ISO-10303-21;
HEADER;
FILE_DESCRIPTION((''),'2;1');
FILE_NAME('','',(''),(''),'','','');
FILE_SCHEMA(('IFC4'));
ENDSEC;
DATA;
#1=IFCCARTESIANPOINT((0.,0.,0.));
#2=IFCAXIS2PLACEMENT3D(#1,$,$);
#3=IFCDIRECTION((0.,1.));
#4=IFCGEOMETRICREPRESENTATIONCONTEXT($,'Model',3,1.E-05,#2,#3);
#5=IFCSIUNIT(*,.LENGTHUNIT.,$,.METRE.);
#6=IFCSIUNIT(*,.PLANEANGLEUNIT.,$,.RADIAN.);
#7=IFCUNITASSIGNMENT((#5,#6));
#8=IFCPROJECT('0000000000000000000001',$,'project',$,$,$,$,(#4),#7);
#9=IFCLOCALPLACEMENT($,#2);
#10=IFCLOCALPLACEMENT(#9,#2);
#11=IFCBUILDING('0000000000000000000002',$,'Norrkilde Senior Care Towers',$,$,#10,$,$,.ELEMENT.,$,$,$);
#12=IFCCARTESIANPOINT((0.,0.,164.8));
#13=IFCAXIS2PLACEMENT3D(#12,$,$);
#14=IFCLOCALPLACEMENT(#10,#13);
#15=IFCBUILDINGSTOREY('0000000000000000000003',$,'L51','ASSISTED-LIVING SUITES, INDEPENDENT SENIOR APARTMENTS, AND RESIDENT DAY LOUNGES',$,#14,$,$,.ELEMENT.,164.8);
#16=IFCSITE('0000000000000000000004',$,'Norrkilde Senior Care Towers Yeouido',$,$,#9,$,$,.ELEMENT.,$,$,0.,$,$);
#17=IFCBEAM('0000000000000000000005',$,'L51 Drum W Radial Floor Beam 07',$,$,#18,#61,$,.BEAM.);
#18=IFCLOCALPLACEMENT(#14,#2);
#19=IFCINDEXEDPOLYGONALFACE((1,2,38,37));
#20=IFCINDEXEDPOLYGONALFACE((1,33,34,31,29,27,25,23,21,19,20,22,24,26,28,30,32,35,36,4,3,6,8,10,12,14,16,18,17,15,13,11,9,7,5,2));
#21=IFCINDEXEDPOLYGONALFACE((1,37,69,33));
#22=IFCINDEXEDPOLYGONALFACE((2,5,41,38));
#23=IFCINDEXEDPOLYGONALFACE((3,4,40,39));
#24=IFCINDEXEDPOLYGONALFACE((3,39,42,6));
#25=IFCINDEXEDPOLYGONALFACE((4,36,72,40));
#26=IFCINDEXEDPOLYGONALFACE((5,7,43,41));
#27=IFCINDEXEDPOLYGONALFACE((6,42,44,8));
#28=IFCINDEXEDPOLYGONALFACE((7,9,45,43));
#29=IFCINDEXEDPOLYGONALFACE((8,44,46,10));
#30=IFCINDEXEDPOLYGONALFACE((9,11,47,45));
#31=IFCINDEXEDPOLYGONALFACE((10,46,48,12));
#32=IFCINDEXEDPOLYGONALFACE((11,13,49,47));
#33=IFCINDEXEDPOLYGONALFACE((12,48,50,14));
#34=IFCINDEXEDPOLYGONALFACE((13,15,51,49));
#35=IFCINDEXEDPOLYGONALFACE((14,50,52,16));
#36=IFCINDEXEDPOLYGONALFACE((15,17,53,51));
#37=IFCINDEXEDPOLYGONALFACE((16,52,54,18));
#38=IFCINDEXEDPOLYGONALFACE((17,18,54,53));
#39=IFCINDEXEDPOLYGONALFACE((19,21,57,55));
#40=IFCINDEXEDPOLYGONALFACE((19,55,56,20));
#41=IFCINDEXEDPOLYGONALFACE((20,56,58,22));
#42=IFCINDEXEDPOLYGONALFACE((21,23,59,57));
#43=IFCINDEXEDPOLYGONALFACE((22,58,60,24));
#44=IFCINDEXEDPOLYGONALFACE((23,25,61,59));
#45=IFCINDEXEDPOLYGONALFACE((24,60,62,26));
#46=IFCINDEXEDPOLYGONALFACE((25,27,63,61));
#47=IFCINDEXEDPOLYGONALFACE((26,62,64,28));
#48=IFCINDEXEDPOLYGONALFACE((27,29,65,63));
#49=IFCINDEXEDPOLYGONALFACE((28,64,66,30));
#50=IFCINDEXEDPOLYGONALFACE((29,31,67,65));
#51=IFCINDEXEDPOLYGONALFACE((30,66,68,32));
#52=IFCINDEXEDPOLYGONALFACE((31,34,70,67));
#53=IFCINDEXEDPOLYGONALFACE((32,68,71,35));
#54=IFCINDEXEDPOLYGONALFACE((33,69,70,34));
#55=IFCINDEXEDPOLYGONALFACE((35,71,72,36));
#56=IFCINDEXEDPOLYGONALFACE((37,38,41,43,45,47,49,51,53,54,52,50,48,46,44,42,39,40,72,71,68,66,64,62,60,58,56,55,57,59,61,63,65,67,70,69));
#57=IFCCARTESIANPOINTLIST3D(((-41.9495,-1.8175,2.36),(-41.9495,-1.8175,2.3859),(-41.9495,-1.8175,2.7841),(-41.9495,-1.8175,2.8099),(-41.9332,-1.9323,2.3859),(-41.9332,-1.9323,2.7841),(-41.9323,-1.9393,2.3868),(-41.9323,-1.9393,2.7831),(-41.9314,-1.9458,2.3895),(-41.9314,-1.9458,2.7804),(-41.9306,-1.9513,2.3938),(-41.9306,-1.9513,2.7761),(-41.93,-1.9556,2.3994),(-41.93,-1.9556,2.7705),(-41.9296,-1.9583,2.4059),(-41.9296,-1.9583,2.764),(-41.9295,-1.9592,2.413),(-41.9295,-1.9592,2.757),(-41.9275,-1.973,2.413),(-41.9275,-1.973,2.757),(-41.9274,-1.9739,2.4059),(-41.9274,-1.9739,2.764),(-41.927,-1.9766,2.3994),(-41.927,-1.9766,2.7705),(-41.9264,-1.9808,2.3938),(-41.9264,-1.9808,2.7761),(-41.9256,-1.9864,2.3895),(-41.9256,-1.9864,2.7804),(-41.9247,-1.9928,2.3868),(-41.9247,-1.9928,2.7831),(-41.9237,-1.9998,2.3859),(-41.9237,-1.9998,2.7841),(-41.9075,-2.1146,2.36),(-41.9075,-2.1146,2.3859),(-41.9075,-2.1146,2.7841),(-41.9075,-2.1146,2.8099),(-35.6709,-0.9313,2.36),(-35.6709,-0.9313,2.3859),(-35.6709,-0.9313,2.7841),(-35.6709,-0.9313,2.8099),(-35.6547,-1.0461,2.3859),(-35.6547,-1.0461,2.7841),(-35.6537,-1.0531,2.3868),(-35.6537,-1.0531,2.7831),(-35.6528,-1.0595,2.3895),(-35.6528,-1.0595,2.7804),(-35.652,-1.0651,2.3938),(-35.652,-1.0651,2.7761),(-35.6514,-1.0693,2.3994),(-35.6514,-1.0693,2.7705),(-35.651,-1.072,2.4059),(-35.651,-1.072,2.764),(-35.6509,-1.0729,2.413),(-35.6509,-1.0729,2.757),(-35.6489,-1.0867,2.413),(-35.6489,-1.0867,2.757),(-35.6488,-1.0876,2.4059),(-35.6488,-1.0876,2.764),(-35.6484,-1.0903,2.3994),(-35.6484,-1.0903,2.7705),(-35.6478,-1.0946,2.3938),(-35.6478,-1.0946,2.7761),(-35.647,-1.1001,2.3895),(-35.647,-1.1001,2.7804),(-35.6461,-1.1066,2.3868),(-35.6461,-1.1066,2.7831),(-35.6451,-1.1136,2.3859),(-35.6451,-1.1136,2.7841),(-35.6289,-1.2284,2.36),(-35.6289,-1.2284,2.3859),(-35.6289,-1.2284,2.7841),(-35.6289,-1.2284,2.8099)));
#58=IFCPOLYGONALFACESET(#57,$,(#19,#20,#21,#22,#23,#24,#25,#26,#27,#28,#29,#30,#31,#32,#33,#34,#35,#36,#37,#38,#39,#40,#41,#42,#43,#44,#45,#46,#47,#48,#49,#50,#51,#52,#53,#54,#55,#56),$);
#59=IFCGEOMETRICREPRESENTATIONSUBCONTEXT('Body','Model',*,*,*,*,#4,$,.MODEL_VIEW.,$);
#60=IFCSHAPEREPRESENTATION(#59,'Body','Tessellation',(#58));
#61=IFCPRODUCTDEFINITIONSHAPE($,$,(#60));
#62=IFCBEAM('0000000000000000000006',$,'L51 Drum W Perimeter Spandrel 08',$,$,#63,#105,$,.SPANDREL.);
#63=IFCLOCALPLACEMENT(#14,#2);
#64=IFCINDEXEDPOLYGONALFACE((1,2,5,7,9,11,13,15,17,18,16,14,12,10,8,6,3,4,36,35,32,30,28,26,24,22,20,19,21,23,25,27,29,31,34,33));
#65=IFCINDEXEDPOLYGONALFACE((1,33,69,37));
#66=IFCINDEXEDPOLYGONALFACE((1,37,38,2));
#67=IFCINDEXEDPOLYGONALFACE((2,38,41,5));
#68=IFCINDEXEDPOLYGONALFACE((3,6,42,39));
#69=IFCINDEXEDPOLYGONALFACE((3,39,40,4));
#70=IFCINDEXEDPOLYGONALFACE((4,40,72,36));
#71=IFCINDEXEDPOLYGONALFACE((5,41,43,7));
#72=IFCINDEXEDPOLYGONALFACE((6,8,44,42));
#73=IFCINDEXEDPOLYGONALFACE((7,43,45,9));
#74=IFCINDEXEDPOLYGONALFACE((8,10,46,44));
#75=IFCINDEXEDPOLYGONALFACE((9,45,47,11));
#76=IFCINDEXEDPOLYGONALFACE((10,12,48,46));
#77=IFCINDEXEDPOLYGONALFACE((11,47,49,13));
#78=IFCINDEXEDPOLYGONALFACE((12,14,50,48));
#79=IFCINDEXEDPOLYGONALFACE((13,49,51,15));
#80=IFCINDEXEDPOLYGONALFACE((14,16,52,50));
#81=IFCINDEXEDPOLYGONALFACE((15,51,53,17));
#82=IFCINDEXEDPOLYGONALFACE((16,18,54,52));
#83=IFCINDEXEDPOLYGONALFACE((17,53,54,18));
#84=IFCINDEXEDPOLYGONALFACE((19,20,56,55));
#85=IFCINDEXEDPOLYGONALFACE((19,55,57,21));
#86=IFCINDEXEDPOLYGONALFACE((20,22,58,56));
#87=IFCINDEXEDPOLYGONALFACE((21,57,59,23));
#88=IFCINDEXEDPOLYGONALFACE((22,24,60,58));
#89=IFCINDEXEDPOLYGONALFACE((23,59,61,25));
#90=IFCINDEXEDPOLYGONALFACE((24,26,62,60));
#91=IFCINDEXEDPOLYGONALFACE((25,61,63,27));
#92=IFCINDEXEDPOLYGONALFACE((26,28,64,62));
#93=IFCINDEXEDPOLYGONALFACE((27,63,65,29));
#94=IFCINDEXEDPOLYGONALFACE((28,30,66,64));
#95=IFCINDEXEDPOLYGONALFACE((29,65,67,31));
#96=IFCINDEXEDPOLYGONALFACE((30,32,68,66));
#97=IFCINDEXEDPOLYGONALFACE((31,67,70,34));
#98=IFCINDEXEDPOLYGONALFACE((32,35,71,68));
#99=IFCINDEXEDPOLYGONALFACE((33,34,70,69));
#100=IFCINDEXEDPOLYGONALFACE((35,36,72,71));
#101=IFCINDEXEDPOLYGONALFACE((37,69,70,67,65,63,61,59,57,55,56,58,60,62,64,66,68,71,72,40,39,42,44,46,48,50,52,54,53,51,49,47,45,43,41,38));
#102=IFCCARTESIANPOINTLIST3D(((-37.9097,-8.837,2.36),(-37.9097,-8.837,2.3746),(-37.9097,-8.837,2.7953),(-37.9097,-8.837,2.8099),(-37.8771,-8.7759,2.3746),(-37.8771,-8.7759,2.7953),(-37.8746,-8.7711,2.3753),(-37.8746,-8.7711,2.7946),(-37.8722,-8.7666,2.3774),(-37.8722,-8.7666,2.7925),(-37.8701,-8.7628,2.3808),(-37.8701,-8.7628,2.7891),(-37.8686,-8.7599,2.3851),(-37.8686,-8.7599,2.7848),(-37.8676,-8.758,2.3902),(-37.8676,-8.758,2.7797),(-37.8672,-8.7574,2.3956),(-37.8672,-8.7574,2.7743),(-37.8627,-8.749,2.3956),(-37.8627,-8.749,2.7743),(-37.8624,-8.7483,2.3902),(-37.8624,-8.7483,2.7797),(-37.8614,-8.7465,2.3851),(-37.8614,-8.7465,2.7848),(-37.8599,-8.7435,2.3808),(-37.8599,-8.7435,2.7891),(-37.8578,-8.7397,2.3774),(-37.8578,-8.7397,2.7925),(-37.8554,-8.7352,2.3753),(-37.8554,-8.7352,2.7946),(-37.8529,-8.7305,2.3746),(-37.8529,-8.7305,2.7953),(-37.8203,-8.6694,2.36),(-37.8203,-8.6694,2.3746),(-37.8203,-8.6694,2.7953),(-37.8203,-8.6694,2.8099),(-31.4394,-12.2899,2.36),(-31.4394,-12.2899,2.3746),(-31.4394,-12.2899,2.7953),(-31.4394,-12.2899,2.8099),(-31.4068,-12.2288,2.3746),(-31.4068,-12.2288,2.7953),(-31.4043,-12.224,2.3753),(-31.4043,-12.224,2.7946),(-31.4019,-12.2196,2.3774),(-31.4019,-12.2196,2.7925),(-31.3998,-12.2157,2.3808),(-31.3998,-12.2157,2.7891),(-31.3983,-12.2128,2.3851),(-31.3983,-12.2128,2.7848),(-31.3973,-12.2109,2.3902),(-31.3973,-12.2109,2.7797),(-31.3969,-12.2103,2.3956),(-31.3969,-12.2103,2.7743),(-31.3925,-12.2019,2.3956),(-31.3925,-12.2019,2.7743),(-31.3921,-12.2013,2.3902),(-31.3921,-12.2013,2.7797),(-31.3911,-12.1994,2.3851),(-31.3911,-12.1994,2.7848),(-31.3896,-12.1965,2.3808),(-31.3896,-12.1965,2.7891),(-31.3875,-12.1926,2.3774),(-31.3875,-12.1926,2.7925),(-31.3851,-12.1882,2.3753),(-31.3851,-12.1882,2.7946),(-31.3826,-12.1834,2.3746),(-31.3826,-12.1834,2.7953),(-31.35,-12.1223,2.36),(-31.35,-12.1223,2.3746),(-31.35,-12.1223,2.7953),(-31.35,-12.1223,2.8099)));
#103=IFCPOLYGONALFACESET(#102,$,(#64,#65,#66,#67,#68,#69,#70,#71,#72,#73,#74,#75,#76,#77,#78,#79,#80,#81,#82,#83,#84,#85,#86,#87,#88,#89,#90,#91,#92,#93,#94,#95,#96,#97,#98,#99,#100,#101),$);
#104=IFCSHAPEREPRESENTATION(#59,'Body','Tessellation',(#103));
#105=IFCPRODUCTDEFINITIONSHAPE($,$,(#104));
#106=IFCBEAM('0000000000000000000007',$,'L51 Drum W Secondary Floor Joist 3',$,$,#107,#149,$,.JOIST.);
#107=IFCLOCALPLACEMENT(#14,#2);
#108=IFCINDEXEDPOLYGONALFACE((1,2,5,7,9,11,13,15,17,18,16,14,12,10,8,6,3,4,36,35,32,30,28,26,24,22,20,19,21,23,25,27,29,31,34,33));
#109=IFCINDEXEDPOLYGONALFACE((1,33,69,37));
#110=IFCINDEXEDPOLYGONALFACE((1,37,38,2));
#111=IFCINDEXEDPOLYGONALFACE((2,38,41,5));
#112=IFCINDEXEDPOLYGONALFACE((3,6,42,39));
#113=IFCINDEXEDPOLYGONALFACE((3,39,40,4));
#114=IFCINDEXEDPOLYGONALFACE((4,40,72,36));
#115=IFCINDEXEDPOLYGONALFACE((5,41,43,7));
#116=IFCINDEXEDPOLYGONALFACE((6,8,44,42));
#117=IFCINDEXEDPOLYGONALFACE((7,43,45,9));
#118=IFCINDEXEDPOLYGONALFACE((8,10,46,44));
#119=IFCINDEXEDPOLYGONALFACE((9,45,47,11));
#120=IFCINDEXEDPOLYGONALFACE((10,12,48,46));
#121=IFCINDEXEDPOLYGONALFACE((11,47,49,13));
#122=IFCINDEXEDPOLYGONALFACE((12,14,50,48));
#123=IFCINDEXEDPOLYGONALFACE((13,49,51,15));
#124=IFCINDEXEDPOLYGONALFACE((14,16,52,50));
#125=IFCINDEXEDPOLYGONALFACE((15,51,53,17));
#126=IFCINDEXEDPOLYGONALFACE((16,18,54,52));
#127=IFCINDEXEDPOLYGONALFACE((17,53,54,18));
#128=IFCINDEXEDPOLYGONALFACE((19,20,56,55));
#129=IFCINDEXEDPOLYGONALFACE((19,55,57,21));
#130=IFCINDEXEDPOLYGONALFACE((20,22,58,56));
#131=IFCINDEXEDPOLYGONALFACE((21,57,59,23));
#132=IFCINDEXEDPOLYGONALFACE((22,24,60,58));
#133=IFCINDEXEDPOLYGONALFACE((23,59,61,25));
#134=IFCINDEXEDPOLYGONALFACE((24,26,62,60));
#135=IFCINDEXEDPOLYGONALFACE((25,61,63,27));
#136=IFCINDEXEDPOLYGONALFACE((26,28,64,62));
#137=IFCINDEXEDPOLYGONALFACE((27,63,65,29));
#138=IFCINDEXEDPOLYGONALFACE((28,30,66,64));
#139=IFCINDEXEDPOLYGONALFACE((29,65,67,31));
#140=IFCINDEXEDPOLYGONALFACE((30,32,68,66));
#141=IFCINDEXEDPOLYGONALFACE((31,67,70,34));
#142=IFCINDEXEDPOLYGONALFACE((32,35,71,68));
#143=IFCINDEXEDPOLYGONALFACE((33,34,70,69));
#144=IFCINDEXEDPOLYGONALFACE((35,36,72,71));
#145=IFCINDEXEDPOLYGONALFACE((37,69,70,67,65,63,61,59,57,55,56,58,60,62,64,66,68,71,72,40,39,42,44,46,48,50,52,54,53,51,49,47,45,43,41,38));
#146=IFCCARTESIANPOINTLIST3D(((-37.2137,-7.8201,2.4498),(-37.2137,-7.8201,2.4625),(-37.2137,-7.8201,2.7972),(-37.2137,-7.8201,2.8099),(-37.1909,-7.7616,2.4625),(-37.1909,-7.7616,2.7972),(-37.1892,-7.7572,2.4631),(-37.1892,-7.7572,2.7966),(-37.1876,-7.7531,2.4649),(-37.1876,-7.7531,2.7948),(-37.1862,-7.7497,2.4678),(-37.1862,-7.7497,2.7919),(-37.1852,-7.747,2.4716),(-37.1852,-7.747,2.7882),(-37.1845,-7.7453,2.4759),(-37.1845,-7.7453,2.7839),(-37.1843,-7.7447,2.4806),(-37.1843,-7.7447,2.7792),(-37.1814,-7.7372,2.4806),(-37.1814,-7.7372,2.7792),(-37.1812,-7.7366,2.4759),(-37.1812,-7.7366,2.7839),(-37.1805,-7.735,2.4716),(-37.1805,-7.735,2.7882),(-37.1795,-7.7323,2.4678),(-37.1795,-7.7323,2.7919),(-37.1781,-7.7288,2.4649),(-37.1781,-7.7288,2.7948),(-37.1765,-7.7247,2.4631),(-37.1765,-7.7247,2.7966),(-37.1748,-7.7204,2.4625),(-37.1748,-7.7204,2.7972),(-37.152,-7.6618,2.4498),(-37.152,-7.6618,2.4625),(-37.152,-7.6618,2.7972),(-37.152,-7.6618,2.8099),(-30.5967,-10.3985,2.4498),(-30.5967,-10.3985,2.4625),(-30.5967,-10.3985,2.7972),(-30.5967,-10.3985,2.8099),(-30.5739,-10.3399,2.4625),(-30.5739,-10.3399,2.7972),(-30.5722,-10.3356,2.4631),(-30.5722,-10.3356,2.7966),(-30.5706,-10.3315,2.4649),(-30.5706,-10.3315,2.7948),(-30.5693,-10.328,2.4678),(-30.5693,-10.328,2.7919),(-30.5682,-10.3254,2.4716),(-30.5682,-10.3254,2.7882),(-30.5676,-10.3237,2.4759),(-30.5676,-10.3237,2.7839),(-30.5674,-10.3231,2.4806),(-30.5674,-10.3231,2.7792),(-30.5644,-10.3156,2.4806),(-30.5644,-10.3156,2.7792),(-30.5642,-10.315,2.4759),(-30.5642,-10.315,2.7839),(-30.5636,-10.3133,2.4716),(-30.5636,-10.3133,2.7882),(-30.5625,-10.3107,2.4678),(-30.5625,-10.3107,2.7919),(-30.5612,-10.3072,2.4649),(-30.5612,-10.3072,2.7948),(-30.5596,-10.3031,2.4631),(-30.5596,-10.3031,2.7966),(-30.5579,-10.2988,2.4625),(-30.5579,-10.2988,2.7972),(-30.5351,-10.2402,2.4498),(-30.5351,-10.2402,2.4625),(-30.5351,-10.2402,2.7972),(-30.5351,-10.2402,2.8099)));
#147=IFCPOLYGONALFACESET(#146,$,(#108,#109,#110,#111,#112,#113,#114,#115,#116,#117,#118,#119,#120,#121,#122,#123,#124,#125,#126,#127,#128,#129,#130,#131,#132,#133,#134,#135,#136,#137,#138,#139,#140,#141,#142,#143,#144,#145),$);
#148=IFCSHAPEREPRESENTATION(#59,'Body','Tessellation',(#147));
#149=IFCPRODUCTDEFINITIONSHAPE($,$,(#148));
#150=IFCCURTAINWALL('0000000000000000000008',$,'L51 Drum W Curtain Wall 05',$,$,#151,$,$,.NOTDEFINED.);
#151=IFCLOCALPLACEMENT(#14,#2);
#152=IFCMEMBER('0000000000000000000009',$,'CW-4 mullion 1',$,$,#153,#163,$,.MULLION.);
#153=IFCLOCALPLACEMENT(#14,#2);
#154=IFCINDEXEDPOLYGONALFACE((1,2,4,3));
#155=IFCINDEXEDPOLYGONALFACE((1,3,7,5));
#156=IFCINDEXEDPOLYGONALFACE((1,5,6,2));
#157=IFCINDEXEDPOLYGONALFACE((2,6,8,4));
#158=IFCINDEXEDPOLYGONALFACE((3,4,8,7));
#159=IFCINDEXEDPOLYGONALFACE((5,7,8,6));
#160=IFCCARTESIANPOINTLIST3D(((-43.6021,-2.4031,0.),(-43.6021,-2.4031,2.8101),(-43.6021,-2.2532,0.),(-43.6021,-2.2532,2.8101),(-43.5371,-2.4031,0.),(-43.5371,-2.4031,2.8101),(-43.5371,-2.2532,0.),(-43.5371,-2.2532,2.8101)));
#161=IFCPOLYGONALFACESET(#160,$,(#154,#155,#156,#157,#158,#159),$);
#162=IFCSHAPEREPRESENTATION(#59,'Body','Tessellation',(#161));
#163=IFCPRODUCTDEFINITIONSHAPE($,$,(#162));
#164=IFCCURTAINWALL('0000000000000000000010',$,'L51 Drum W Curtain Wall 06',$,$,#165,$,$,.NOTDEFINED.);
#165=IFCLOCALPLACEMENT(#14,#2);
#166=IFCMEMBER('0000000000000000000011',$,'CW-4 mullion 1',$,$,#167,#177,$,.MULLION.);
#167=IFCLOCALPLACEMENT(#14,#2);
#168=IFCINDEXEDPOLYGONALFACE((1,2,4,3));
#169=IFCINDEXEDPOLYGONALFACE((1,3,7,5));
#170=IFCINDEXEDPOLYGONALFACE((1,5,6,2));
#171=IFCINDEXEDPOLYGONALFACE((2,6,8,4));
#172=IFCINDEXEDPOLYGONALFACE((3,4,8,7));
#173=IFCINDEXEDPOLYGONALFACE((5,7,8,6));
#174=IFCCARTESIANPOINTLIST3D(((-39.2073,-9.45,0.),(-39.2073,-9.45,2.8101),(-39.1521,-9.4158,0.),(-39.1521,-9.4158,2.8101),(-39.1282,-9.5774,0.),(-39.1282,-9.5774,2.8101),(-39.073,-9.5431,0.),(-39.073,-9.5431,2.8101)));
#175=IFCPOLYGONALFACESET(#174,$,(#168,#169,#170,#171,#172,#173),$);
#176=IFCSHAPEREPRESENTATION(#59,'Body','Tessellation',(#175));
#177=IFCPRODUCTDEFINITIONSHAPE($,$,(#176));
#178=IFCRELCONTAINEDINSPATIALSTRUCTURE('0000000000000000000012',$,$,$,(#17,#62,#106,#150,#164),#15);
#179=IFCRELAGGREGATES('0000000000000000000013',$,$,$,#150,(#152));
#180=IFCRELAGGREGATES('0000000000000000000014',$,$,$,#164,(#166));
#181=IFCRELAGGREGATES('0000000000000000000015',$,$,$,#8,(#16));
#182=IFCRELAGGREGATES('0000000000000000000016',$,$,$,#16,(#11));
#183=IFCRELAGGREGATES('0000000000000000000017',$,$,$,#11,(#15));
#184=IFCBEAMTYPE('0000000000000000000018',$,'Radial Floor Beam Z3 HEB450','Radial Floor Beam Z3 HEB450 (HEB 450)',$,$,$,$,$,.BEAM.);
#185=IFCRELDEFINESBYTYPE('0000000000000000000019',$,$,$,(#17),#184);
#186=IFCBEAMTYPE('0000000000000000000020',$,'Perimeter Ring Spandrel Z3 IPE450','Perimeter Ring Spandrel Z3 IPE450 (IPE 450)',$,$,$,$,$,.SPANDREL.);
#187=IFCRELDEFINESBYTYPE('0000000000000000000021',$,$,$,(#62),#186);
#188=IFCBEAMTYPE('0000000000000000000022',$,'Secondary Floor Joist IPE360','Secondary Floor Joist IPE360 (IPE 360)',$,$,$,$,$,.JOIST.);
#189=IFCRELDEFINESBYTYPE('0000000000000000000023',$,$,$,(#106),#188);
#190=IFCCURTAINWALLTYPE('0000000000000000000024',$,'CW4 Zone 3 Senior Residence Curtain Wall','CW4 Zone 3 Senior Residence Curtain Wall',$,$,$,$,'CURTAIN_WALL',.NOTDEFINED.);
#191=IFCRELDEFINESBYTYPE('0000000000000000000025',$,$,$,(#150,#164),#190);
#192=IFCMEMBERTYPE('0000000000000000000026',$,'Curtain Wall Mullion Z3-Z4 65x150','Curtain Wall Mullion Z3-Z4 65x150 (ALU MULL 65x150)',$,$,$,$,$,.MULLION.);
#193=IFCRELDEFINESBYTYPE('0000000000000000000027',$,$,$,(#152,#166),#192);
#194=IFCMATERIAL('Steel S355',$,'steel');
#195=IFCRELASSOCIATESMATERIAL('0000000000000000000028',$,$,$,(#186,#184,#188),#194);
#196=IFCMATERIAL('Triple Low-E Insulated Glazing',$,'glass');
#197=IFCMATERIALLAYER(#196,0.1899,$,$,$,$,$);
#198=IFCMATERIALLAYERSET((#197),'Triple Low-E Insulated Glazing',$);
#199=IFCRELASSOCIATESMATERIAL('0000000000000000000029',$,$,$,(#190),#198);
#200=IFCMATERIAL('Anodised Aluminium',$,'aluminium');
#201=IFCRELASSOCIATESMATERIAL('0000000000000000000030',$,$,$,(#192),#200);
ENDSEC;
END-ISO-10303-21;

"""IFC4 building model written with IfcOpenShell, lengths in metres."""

from ifc_helpers import new_model, si_unit, direction, frame, origin, origin_2d, place, context, subcontext, project, spatial, rectangle, i_section, extrude, source, transform, mapped, material, layer, layer_set, material_profile, profile_set, type_object, type_shapes, element, aggregate, save


model = new_model("IFC4")

# Units and contexts
model_context = context("Model", 3, precision=1e-05, world=origin(), true_north=direction((0.0, 1.0)))
body_context = subcontext(model_context, "Body", "Model", "MODEL_VIEW")
ifc_project = project(units=[si_unit("LENGTHUNIT", "METRE"), si_unit("PLANEANGLEUNIT", "RADIAN")], contexts=[model_context])

# Site, building, storey
site_placement = place(None, origin())
site = spatial("IfcSite", under=ifc_project, at=site_placement, Name="Norrkilde Senior Care Towers Yeouido", CompositionType="ELEMENT", RefElevation=0.0)
building_placement = place(site_placement, origin())
building = spatial("IfcBuilding", under=site, at=building_placement, Name="Norrkilde Senior Care Towers", CompositionType="ELEMENT")
storey_placement = place(building_placement, frame((0.0, 0.0, 164.8)))
storey = spatial("IfcBuildingStorey", under=building, at=storey_placement, Name="L51", Description="ASSISTED-LIVING SUITES, INDEPENDENT SENIOR APARTMENTS, AND RESIDENT DAY LOUNGES", CompositionType="ELEMENT", Elevation=164.8)

# Beams
ifc_material_1 = material(Name="Steel S355", Category="steel")
ifc_material_profile_1 = material_profile(ifc_material_1, i_section(OverallWidth=0.1899, OverallDepth=0.45, WebThickness=0.0095, FlangeThickness=0.0146, FilletRadius=0.021, at=origin_2d()), Name="IPE 450")
ifc_profile_set_1 = profile_set([ifc_material_profile_1], Name="Steel S355")
beam_type_1 = type_object("IfcBeamType", Name="Perimeter Ring Spandrel Z3 IPE450", Description="Perimeter Ring Spandrel Z3 IPE450 (IPE 450)", PredefinedType="SPANDREL", material=ifc_profile_set_1)
ifc_material_profile_2 = material_profile(ifc_material_1, i_section(OverallWidth=0.3, OverallDepth=0.45, WebThickness=0.0139, FlangeThickness=0.0259, FilletRadius=0.0271, at=origin_2d()), Name="HEB 450")
ifc_profile_set_2 = profile_set([ifc_material_profile_2], Name="Steel S355")
beam_type_2 = type_object("IfcBeamType", Name="Radial Floor Beam Z3 HEB450", Description="Radial Floor Beam Z3 HEB450 (HEB 450)", PredefinedType="BEAM", material=ifc_profile_set_2)
shared_shape_1 = source(origin(), body_context, "Body", "SweptSolid", [
    extrude(i_section(OverallWidth=0.3, OverallDepth=0.45, WebThickness=0.0139, FlangeThickness=0.0259, FilletRadius=0.0271, at=origin_2d()), origin(), (0.0, 0.0, 1.0), 6.3408),
])
type_shapes(beam_type_2, [shared_shape_1])
beam_1_placement = place(storey_placement, frame((-35.6499, -1.0798, 2.585), z_axis=(-0.990185, -0.139766, 0.0), x_axis=(0.139766, -0.990185, 0.0)))
element("IfcBeam", 1, at=beam_1_placement, inside=storey, type_object=beam_type_2, Name="L51 Drum W Radial Floor Beam 07", PredefinedType="BEAM", context=body_context, shape_type="MappedRepresentation", body=[
    mapped(shared_shape_1, transform((0.0, 0.0, 0.0), x_axis=(1.0, 0.0, 0.0), y_axis=(0.0, 1.0, 0.0), z_axis=(0.0, 0.0, 1.0), scale=1.0)),
])
shared_shape_2 = source(origin(), body_context, "Body", "SweptSolid", [
    extrude(i_section(OverallWidth=0.1899, OverallDepth=0.45, WebThickness=0.0095, FlangeThickness=0.0146, FilletRadius=0.021, at=origin_2d()), origin(), (0.0, 0.0, 1.0), 7.334),
])
beam_2_placement = place(storey_placement, frame((-37.865, -8.7532, 2.585), z_axis=(0.882234, -0.470811, 0.0), x_axis=(0.470811, 0.882234, 0.0)))
element("IfcBeam", 2, at=beam_2_placement, inside=storey, type_object=beam_type_1, Name="L51 Drum W Perimeter Spandrel 08", PredefinedType="SPANDREL", context=body_context, shape_type="MappedRepresentation", body=[
    mapped(shared_shape_2, transform((0.0, 0.0, 0.0), x_axis=(1.0, 0.0, 0.0), y_axis=(0.0, 1.0, 0.0), z_axis=(0.0, 0.0, 1.0), scale=1.0)),
])
ifc_material_profile_3 = material_profile(ifc_material_1, i_section(OverallWidth=0.1699, OverallDepth=0.3601, WebThickness=0.0081, FlangeThickness=0.0127, FilletRadius=0.0181, at=origin_2d()), Name="IPE 360")
ifc_profile_set_3 = profile_set([ifc_material_profile_3], Name="Steel S355")
beam_type_3 = type_object("IfcBeamType", Name="Secondary Floor Joist IPE360", Description="Secondary Floor Joist IPE360 (IPE 360)", PredefinedType="JOIST", material=ifc_profile_set_3)
shared_shape_3 = source(origin(), body_context, "Body", "SweptSolid", [
    extrude(i_section(OverallWidth=0.1699, OverallDepth=0.3601, WebThickness=0.0081, FlangeThickness=0.0127, FilletRadius=0.0181, at=origin_2d()), origin(), (0.0, 0.0, 1.0), 7.1016),
])
type_shapes(beam_type_3, [shared_shape_3])
beam_3_placement = place(storey_placement, frame((-37.1829, -7.741, 2.6299), z_axis=(0.931761, -0.363072, 0.0), x_axis=(0.363072, 0.931761, 0.0)))
element("IfcBeam", 3, at=beam_3_placement, inside=storey, type_object=beam_type_3, Name="L51 Drum W Secondary Floor Joist 3", PredefinedType="JOIST", context=body_context, shape_type="MappedRepresentation", body=[
    mapped(shared_shape_3, transform((0.0, 0.0, 0.0), x_axis=(1.0, 0.0, 0.0), y_axis=(0.0, 1.0, 0.0), z_axis=(0.0, 0.0, 1.0), scale=1.0)),
])

# Curtain wall, member
ifc_material_2 = material(Name="Triple Low-E Insulated Glazing", Category="glass")
ifc_layer_1 = layer(ifc_material_2, 0.1899)
ifc_layer_set_1 = layer_set([ifc_layer_1], Name="Triple Low-E Insulated Glazing")
curtain_wall_type = type_object("IfcCurtainWallType", Name="CW4 Zone 3 Senior Residence Curtain Wall", Description="CW4 Zone 3 Senior Residence Curtain Wall", ElementType="CURTAIN_WALL", PredefinedType="NOTDEFINED", material=ifc_layer_set_1)
curtain_wall_1_placement = place(storey_placement, origin())
curtain_wall_1 = element("IfcCurtainWall", 4, at=curtain_wall_1_placement, inside=storey, type_object=curtain_wall_type, Name="L51 Drum W Curtain Wall 05", PredefinedType="NOTDEFINED")
ifc_material_3 = material(Name="Anodised Aluminium", Category="aluminium")
ifc_material_profile_4 = material_profile(ifc_material_3, rectangle(XDim=0.0649, YDim=0.1499, at=origin_2d()), Name="ALU MULL 65x150")
ifc_profile_set_4 = profile_set([ifc_material_profile_4], Name="Anodised Aluminium")
member_type_1 = type_object("IfcMemberType", Name="Curtain Wall Mullion Z3-Z4 65x150", Description="Curtain Wall Mullion Z3-Z4 65x150 (ALU MULL 65x150)", PredefinedType="MULLION", material=ifc_profile_set_4)
shared_shape_4 = source(origin(), body_context, "Body", "SweptSolid", [
    extrude(rectangle(XDim=0.0649, YDim=0.1499, at=origin_2d()), origin(), (0.0, 0.0, 1.0), 2.8101),
])
type_shapes(member_type_1, [shared_shape_4])
member_1_placement = place(storey_placement, frame((-43.5696, -2.3281, 0.0), z_axis=(0.0, 0.0, 1.0), x_axis=(-1.0, 0.0, 0.0)))
member_1 = element("IfcMember", 5, at=member_1_placement, type_object=member_type_1, Name="CW-4 mullion 1", PredefinedType="MULLION", context=body_context, shape_type="MappedRepresentation", body=[
    mapped(shared_shape_4, transform((0.0, 0.0, 0.0), x_axis=(1.0, 0.0, 0.0), y_axis=(0.0, 1.0, 0.0), z_axis=(0.0, 0.0, 1.0), scale=1.0)),
])

# Curtain wall, member
curtain_wall_2_placement = place(storey_placement, origin())
curtain_wall_2 = element("IfcCurtainWall", 6, at=curtain_wall_2_placement, inside=storey, type_object=curtain_wall_type, Name="L51 Drum W Curtain Wall 06", PredefinedType="NOTDEFINED")
member_2_placement = place(storey_placement, frame((-39.1401, -9.4966, 0.0), z_axis=(0.0, 0.0, 1.0), x_axis=(-0.849634, -0.527373, 0.0)))
member_2 = element("IfcMember", 7, at=member_2_placement, type_object=member_type_1, Name="CW-4 mullion 1", PredefinedType="MULLION", context=body_context, shape_type="MappedRepresentation", body=[
    mapped(shared_shape_4, transform((0.0, 0.0, 0.0), x_axis=(1.0, 0.0, 0.0), y_axis=(0.0, 1.0, 0.0), z_axis=(0.0, 0.0, 1.0), scale=1.0)),
])

aggregate(curtain_wall_1, [member_1])

aggregate(curtain_wall_2, [member_2])

save(model, "model.ifc")
